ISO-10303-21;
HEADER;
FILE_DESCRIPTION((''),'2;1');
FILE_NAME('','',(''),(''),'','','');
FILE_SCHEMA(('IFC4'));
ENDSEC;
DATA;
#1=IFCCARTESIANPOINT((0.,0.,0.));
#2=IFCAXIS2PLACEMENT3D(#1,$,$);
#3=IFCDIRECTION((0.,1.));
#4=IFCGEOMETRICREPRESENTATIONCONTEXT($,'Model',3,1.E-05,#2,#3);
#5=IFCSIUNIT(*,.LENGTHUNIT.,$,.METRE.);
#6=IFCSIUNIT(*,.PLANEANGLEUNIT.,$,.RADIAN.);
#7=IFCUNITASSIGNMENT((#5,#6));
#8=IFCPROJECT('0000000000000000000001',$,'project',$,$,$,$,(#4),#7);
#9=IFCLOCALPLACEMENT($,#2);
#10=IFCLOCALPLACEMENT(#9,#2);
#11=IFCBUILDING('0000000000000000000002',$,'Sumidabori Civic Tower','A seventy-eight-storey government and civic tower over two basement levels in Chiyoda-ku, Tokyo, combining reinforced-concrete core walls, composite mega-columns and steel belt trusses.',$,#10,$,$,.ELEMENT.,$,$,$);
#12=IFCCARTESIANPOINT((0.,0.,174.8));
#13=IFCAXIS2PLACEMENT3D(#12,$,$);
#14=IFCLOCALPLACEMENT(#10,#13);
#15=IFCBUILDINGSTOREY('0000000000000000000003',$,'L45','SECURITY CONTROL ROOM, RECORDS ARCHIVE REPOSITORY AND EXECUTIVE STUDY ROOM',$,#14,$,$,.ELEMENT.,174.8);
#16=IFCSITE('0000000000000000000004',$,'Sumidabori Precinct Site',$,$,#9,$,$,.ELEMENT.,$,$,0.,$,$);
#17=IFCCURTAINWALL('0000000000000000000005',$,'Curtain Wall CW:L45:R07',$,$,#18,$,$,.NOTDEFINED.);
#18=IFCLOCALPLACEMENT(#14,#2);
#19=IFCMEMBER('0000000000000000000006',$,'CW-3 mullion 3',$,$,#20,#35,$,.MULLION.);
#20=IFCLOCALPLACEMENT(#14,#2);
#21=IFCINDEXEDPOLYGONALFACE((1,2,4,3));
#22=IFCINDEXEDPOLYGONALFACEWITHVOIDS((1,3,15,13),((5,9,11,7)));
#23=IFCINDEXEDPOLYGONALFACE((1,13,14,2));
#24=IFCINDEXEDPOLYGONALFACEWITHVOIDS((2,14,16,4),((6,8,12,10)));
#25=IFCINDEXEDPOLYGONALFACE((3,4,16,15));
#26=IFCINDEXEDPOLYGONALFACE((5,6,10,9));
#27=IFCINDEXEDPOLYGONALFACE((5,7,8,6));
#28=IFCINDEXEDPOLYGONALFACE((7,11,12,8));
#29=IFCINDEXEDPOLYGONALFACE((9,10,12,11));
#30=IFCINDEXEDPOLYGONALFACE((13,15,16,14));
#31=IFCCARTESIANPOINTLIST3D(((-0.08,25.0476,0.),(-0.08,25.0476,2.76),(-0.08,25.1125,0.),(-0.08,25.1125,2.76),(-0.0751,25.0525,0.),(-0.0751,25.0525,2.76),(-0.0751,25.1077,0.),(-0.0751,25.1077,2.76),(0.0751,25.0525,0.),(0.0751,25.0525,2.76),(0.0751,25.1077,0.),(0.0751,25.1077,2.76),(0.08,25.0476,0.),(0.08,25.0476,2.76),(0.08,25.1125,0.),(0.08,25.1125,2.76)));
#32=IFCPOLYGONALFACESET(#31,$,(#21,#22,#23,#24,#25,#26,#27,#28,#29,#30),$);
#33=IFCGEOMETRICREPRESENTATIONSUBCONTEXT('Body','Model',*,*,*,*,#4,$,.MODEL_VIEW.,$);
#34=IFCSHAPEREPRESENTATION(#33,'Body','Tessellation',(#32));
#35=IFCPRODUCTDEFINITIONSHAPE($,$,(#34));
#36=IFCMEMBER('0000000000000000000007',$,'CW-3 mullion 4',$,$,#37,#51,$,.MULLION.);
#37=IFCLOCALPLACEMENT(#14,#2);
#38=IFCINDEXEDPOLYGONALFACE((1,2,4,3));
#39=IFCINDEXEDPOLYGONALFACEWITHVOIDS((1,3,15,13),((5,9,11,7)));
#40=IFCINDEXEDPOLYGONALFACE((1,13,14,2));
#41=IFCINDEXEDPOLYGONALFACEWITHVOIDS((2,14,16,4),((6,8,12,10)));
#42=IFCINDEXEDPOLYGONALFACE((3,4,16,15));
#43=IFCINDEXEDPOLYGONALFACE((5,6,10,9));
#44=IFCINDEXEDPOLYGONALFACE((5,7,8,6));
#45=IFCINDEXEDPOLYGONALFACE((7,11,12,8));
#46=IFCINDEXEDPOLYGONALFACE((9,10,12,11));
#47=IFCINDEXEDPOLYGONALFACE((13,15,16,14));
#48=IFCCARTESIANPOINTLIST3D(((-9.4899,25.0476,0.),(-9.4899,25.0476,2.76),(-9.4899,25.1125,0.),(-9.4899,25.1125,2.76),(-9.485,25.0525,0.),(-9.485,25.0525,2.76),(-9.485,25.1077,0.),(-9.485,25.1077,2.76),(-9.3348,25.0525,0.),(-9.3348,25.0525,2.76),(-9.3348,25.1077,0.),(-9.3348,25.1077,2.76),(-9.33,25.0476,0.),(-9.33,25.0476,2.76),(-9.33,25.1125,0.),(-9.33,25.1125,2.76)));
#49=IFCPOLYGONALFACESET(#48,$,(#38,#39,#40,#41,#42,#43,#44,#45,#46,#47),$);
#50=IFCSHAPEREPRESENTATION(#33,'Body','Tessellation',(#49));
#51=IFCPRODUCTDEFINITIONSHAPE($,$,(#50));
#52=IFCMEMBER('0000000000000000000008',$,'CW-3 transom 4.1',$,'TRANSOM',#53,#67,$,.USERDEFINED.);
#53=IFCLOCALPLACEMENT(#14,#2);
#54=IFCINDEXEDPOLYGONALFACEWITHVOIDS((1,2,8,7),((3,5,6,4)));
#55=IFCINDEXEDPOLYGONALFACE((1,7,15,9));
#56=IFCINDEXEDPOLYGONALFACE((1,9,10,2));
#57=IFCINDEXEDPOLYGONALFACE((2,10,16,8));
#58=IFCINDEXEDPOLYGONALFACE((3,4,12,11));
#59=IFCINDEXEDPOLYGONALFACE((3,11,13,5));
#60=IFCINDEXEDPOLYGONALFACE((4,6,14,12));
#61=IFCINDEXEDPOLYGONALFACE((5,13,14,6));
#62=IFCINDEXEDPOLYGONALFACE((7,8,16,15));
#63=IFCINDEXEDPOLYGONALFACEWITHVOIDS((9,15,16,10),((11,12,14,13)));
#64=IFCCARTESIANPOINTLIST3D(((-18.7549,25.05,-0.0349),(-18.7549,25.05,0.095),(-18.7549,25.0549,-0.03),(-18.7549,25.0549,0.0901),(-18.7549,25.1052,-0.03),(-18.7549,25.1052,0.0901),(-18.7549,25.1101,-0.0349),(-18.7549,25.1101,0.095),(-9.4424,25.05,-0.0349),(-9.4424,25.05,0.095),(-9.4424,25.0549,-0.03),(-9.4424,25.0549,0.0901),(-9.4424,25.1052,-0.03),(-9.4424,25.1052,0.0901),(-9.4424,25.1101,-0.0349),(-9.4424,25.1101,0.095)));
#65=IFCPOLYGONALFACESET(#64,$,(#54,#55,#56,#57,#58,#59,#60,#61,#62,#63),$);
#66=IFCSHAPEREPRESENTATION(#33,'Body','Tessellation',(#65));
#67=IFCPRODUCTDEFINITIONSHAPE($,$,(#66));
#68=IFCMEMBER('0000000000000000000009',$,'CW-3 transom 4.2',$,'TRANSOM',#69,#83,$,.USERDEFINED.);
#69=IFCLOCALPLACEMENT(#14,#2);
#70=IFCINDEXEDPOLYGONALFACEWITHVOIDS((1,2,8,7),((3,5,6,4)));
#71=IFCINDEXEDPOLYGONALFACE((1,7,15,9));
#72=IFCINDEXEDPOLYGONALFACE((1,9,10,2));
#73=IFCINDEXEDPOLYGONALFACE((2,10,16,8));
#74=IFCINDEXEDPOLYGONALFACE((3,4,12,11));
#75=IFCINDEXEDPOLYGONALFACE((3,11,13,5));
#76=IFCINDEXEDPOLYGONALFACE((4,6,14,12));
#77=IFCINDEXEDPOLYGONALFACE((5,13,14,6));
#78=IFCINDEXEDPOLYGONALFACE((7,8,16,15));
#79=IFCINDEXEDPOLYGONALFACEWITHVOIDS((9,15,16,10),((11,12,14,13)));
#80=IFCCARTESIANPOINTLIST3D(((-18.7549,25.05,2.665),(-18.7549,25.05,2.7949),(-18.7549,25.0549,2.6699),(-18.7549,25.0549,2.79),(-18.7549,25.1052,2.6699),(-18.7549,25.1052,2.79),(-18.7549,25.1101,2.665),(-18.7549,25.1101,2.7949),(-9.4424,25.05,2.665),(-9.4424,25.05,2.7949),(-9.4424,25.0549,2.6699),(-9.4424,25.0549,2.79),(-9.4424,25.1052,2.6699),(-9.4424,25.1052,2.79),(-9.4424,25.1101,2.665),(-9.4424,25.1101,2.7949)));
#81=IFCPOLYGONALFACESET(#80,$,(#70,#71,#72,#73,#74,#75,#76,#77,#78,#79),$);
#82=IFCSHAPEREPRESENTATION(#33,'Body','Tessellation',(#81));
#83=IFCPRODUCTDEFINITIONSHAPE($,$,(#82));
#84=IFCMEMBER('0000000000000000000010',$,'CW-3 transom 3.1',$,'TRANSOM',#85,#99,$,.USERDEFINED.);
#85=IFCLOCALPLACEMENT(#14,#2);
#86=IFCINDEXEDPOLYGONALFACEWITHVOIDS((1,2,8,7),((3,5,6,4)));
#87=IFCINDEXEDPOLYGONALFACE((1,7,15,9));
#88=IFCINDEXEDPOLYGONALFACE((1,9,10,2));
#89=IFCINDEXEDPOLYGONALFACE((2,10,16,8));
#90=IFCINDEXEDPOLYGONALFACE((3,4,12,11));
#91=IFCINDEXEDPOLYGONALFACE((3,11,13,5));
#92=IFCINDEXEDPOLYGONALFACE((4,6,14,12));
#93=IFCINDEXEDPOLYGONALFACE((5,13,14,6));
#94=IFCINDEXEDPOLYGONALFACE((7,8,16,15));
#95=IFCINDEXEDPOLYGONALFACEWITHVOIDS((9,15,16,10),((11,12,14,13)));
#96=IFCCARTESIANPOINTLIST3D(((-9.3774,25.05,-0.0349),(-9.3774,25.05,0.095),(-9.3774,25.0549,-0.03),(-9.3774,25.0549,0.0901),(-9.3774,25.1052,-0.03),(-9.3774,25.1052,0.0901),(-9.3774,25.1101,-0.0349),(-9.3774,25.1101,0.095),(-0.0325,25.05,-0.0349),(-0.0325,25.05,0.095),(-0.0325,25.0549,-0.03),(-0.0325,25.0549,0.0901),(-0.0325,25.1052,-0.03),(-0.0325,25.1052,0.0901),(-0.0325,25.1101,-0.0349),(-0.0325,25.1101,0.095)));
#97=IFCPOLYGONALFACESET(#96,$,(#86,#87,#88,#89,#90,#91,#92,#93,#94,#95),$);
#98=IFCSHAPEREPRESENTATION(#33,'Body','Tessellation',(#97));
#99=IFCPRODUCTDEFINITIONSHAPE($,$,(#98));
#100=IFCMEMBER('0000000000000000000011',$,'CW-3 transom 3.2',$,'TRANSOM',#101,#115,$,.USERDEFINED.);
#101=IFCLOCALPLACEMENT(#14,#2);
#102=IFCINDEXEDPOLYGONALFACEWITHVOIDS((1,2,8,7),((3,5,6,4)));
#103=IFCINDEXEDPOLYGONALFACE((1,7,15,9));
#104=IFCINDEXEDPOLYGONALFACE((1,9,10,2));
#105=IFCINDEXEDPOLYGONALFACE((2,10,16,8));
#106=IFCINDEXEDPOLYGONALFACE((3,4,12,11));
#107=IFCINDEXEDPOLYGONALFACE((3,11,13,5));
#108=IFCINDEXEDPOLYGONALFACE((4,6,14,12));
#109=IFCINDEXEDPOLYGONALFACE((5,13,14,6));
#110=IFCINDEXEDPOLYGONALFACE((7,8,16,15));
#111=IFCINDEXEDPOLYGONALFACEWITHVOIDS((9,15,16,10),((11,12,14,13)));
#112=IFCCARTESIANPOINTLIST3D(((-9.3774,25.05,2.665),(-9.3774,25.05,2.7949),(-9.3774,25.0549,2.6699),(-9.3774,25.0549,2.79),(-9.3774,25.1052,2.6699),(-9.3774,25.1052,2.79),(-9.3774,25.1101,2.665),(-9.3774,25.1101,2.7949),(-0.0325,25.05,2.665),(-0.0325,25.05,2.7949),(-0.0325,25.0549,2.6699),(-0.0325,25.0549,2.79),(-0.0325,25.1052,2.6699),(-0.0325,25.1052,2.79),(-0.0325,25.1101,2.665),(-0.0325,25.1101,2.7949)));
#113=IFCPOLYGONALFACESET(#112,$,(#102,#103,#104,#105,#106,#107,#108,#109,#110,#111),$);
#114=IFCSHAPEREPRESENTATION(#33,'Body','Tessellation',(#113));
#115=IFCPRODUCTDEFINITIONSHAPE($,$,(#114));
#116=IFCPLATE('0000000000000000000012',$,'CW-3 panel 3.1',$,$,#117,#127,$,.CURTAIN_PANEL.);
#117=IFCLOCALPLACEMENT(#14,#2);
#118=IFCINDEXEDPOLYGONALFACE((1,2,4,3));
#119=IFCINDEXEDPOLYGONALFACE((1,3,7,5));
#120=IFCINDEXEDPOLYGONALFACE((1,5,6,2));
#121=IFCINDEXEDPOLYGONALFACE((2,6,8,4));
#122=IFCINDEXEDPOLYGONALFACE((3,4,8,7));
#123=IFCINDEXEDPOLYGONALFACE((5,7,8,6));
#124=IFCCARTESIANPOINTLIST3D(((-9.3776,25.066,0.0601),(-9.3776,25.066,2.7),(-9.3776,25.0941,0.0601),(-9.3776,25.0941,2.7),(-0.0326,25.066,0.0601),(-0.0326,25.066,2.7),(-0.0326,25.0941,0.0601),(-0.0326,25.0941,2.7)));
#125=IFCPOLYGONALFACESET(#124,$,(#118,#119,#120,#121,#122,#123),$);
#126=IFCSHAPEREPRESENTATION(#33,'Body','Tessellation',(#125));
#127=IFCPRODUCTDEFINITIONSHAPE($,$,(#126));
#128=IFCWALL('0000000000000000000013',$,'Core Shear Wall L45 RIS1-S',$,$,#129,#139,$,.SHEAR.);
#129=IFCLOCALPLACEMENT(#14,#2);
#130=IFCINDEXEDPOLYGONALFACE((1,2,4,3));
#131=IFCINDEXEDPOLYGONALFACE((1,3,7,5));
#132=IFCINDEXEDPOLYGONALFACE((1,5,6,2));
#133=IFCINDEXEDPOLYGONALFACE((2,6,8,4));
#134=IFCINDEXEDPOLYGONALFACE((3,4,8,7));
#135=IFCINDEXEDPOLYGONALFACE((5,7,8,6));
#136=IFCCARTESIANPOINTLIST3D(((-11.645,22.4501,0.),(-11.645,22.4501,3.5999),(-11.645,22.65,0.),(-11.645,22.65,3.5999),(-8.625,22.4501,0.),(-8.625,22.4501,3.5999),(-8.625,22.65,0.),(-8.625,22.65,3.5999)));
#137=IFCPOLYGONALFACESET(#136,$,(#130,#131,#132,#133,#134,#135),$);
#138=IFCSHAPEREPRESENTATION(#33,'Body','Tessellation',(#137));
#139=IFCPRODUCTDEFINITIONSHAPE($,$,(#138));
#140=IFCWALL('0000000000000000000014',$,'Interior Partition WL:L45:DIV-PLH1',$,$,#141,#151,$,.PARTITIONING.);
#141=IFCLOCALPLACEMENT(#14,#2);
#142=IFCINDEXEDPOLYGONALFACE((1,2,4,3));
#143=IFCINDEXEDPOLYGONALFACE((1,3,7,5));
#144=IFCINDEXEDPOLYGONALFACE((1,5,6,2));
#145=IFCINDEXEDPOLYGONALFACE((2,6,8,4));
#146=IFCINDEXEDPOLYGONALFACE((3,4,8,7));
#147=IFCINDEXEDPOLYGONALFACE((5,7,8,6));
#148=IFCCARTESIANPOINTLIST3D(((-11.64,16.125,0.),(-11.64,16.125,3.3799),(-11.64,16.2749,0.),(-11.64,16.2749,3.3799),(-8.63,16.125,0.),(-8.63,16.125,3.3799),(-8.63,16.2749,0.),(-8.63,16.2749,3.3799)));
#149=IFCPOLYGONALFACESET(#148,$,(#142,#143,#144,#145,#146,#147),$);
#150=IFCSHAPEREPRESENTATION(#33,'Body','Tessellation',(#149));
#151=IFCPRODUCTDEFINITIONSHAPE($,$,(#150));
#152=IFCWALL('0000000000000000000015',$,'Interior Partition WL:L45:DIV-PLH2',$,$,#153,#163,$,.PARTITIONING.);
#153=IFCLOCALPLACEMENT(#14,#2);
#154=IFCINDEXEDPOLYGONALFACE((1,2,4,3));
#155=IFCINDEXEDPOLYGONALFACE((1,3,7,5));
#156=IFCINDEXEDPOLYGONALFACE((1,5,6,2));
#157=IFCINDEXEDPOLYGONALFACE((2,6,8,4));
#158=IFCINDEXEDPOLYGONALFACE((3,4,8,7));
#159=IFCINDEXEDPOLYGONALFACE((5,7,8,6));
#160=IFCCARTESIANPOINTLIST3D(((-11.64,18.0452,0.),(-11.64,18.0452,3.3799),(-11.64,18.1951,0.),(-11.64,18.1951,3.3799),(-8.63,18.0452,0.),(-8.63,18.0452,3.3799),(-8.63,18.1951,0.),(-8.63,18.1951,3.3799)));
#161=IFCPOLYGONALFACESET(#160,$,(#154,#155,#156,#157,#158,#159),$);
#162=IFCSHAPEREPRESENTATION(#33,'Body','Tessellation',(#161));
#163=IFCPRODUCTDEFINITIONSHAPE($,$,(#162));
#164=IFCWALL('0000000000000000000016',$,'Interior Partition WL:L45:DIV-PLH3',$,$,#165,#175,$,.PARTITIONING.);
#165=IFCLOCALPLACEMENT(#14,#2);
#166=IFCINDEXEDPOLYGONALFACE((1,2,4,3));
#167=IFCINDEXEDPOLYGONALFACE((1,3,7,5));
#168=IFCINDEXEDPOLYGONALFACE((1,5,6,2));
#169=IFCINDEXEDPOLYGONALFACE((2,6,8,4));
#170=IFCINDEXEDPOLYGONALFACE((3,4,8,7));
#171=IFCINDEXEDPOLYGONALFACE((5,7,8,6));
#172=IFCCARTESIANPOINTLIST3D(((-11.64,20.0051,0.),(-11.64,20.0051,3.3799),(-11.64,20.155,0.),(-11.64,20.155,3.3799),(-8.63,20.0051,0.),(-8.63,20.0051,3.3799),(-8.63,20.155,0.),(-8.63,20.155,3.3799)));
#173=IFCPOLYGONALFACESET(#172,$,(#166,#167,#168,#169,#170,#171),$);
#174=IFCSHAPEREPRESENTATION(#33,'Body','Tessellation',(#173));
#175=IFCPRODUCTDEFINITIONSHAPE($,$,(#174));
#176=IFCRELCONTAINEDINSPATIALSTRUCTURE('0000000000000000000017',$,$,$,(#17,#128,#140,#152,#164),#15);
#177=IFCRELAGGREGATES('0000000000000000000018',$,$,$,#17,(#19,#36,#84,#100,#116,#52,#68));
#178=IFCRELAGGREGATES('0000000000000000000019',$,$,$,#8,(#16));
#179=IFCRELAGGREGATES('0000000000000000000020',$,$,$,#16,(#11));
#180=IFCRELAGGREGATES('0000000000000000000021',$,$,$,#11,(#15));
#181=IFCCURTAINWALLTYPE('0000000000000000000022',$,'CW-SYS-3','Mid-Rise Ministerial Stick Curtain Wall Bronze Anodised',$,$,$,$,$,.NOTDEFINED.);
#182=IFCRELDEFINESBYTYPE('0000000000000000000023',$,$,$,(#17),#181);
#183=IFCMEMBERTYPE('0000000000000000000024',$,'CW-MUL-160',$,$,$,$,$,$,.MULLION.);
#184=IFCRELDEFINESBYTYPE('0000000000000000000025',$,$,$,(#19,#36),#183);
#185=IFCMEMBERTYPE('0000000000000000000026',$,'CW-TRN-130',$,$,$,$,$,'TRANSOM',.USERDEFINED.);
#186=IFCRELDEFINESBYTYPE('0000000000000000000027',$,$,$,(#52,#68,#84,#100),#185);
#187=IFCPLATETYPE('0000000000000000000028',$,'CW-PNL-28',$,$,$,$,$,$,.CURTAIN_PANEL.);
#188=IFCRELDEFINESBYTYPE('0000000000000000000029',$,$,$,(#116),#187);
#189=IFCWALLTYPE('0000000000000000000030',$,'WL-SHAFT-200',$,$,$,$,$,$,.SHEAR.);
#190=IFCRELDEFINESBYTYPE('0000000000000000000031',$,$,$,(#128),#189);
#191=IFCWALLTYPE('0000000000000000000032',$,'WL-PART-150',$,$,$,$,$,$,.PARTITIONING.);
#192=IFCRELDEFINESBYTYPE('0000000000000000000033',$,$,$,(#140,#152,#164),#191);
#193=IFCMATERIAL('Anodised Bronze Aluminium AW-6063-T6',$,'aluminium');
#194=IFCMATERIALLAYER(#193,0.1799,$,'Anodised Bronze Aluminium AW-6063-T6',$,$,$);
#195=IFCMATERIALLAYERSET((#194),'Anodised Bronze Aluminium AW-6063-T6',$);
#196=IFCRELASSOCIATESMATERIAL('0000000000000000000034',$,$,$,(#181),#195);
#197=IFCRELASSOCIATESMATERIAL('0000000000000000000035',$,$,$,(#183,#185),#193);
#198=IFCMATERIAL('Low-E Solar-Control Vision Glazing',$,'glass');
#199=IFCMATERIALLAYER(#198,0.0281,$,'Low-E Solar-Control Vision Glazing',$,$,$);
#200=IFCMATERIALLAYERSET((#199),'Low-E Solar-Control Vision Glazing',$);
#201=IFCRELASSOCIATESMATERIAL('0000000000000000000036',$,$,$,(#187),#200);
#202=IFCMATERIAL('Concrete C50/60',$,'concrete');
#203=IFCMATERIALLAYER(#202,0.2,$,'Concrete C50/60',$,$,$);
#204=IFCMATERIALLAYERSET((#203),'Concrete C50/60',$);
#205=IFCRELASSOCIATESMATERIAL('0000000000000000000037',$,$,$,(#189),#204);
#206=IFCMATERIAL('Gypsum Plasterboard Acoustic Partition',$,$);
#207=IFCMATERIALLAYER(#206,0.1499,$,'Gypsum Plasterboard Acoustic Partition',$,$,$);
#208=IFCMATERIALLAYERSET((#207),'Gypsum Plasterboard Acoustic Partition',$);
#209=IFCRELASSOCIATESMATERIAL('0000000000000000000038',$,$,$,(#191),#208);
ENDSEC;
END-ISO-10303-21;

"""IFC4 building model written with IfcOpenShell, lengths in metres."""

from ifc_helpers import new_model, si_unit, direction, frame, frame_2d, origin, origin_2d, place, context, subcontext, project, spatial, rectangle, hollow_rectangle, extrude, source, transform, mapped, material, layer, layer_set, material_profile, profile_set, type_object, element, aggregate, save


model = new_model("IFC4")

# Units and contexts
model_context = context("Model", 3, precision=1e-05, world=origin(), true_north=direction((0.0, 1.0)))
body_context = subcontext(model_context, "Body", "Model", "MODEL_VIEW")
ifc_project = project(units=[si_unit("LENGTHUNIT", "METRE"), si_unit("PLANEANGLEUNIT", "RADIAN")], contexts=[model_context])

# Site, building, storey
site_placement = place(None, origin())
site = spatial("IfcSite", under=ifc_project, at=site_placement, Name="Sumidabori Precinct Site", CompositionType="ELEMENT", RefElevation=0.0)
building_placement = place(site_placement, origin())
building = spatial("IfcBuilding", under=site, at=building_placement, Name="Sumidabori Civic Tower", Description="A seventy-eight-storey government and civic tower over two basement levels in Chiyoda-ku, Tokyo, combining reinforced-concrete core walls, composite mega-columns and steel belt trusses.", CompositionType="ELEMENT")
storey_placement = place(building_placement, frame((0.0, 0.0, 174.8)))
storey = spatial("IfcBuildingStorey", under=building, at=storey_placement, Name="L45", Description="SECURITY CONTROL ROOM, RECORDS ARCHIVE REPOSITORY AND EXECUTIVE STUDY ROOM", CompositionType="ELEMENT", Elevation=174.8)

# Curtain wall, members, plate
ifc_material_1 = material(Name="Anodised Bronze Aluminium AW-6063-T6", Category="aluminium")
ifc_layer_1 = layer(ifc_material_1, 0.1799, Name="Anodised Bronze Aluminium AW-6063-T6")
ifc_layer_set_1 = layer_set([ifc_layer_1], Name="Anodised Bronze Aluminium AW-6063-T6")
curtain_wall_type = type_object("IfcCurtainWallType", Name="CW-SYS-3", Description="Mid-Rise Ministerial Stick Curtain Wall Bronze Anodised", PredefinedType="NOTDEFINED", material=ifc_layer_set_1)
curtain_wall_placement = place(storey_placement, origin())
curtain_wall = element("IfcCurtainWall", 1, at=curtain_wall_placement, inside=storey, type_object=curtain_wall_type, Name="Curtain Wall CW:L45:R07", PredefinedType="NOTDEFINED")
ifc_material_profile_1 = material_profile(ifc_material_1, hollow_rectangle(XDim=0.0649, YDim=0.1599, WallThickness=0.0049, at=origin_2d()), Name="ALU MULLION 160x65")
ifc_profile_set_1 = profile_set([ifc_material_profile_1], Name="Anodised Bronze Aluminium AW-6063-T6")
member_type_1 = type_object("IfcMemberType", Name="CW-MUL-160", PredefinedType="MULLION", material=ifc_profile_set_1)
shared_shape_1 = source(origin(), body_context, "Body", "SweptSolid", [
    extrude(hollow_rectangle(XDim=0.0649, YDim=0.1599, WallThickness=0.0049, at=origin_2d()), origin(), (0.0, 0.0, 1.0), 2.76),
])
member_1_placement = place(storey_placement, frame((0.0, 25.0801, 0.0), z_axis=(0.0, 0.0, 1.0), x_axis=(0.0, -1.0, 0.0)))
member_1 = element("IfcMember", 2, at=member_1_placement, type_object=member_type_1, Name="CW-3 mullion 3", PredefinedType="MULLION", context=body_context, shape_type="MappedRepresentation", body=[
    mapped(shared_shape_1, transform((0.0, 0.0, 0.0), x_axis=(1.0, 0.0, 0.0), y_axis=(0.0, 1.0, 0.0), z_axis=(0.0, 0.0, 1.0), scale=1.0)),
])
member_2_placement = place(storey_placement, frame((-9.4099, 25.0801, 0.0), z_axis=(0.0, 0.0, 1.0), x_axis=(0.0, -1.0, 0.0)))
member_2 = element("IfcMember", 3, at=member_2_placement, type_object=member_type_1, Name="CW-3 mullion 4", PredefinedType="MULLION", context=body_context, shape_type="MappedRepresentation", body=[
    mapped(shared_shape_1, transform((0.0, 0.0, 0.0), x_axis=(1.0, 0.0, 0.0), y_axis=(0.0, 1.0, 0.0), z_axis=(0.0, 0.0, 1.0), scale=1.0)),
])
ifc_material_profile_2 = material_profile(ifc_material_1, hollow_rectangle(XDim=0.0601, YDim=0.1299, WallThickness=0.0049, at=origin_2d()), Name="ALU TRANSOM 130x60")
ifc_profile_set_2 = profile_set([ifc_material_profile_2], Name="Anodised Bronze Aluminium AW-6063-T6")
member_type_2 = type_object("IfcMemberType", Name="CW-TRN-130", ElementType="TRANSOM", PredefinedType="USERDEFINED", material=ifc_profile_set_2)
shared_shape_2 = source(origin(), body_context, "Body", "SweptSolid", [
    extrude(hollow_rectangle(XDim=0.0601, YDim=0.1299, WallThickness=0.0049, at=origin_2d()), origin(), (0.0, 0.0, 1.0), 9.3125),
])
member_3_placement = place(storey_placement, frame((-9.4424, 25.0801, 0.03), z_axis=(-1.0, 0.0, 0.0), x_axis=(0.0, -1.0, 0.0)))
member_3 = element("IfcMember", 4, at=member_3_placement, type_object=member_type_2, Name="CW-3 transom 4.1", ObjectType="TRANSOM", PredefinedType="USERDEFINED", context=body_context, shape_type="MappedRepresentation", body=[
    mapped(shared_shape_2, transform((0.0, 0.0, 0.0), x_axis=(1.0, 0.0, 0.0), y_axis=(0.0, 1.0, 0.0), z_axis=(0.0, 0.0, 1.0), scale=1.0)),
])
member_4_placement = place(storey_placement, frame((-9.4424, 25.0801, 2.73), z_axis=(-1.0, 0.0, 0.0), x_axis=(0.0, -1.0, 0.0)))
member_4 = element("IfcMember", 5, at=member_4_placement, type_object=member_type_2, Name="CW-3 transom 4.2", ObjectType="TRANSOM", PredefinedType="USERDEFINED", context=body_context, shape_type="MappedRepresentation", body=[
    mapped(shared_shape_2, transform((0.0, 0.0, 0.0), x_axis=(1.0, 0.0, 0.0), y_axis=(0.0, 1.0, 0.0), z_axis=(0.0, 0.0, 1.0), scale=1.0)),
])
shared_shape_3 = source(origin(), body_context, "Body", "SweptSolid", [
    extrude(hollow_rectangle(XDim=0.0601, YDim=0.1299, WallThickness=0.0049, at=origin_2d()), origin(), (0.0, 0.0, 1.0), 9.345),
])
member_5_placement = place(storey_placement, frame((-0.0325, 25.0801, 0.03), z_axis=(-1.0, 0.0, 0.0), x_axis=(0.0, -1.0, 0.0)))
member_5 = element("IfcMember", 6, at=member_5_placement, type_object=member_type_2, Name="CW-3 transom 3.1", ObjectType="TRANSOM", PredefinedType="USERDEFINED", context=body_context, shape_type="MappedRepresentation", body=[
    mapped(shared_shape_3, transform((0.0, 0.0, 0.0), x_axis=(1.0, 0.0, 0.0), y_axis=(0.0, 1.0, 0.0), z_axis=(0.0, 0.0, 1.0), scale=1.0)),
])
member_6_placement = place(storey_placement, frame((-0.0325, 25.0801, 2.73), z_axis=(-1.0, 0.0, 0.0), x_axis=(0.0, -1.0, 0.0)))
member_6 = element("IfcMember", 7, at=member_6_placement, type_object=member_type_2, Name="CW-3 transom 3.2", ObjectType="TRANSOM", PredefinedType="USERDEFINED", context=body_context, shape_type="MappedRepresentation", body=[
    mapped(shared_shape_3, transform((0.0, 0.0, 0.0), x_axis=(1.0, 0.0, 0.0), y_axis=(0.0, 1.0, 0.0), z_axis=(0.0, 0.0, 1.0), scale=1.0)),
])
ifc_material_2 = material(Name="Low-E Solar-Control Vision Glazing", Category="glass")
ifc_layer_2 = layer(ifc_material_2, 0.0281, Name="Low-E Solar-Control Vision Glazing")
ifc_layer_set_2 = layer_set([ifc_layer_2], Name="Low-E Solar-Control Vision Glazing")
plate_type = type_object("IfcPlateType", Name="CW-PNL-28", PredefinedType="CURTAIN_PANEL", material=ifc_layer_set_2)
shared_shape_4 = source(origin(), body_context, "Body", "SweptSolid", [
    extrude(rectangle(XDim=9.345, YDim=0.0281, at=origin_2d()), origin(), (0.0, 0.0, 1.0), 2.6399),
])
plate_placement = place(storey_placement, frame((-4.7051, 25.0801, 0.0601), z_axis=(0.0, 0.0, 1.0), x_axis=(-1.0, 0.0, 0.0)))
plate = element("IfcPlate", 8, at=plate_placement, type_object=plate_type, Name="CW-3 panel 3.1", PredefinedType="CURTAIN_PANEL", context=body_context, shape_type="MappedRepresentation", body=[
    mapped(shared_shape_4, transform((0.0, 0.0, 0.0), x_axis=(1.0, 0.0, 0.0), y_axis=(0.0, 1.0, 0.0), z_axis=(0.0, 0.0, 1.0), scale=1.0)),
])
aggregate(curtain_wall, [member_1, member_2, member_5, member_6, plate, member_3, member_4])

# Walls
ifc_material_3 = material(Name="Concrete C50/60", Category="concrete")
ifc_layer_3 = layer(ifc_material_3, 0.2, Name="Concrete C50/60")
ifc_layer_set_3 = layer_set([ifc_layer_3], Name="Concrete C50/60")
wall_type_1 = type_object("IfcWallType", Name="WL-SHAFT-200", PredefinedType="SHEAR", material=ifc_layer_set_3)
shared_shape_5 = source(origin(), body_context, "Body", "SweptSolid", [
    extrude(rectangle(XDim=3.02, YDim=0.2, at=frame_2d((1.51, 0.0))), origin(), (0.0, 0.0, 1.0), 3.5999),
])
wall_1_placement = place(storey_placement, frame((-11.645, 22.55, 0.0), z_axis=(0.0, 0.0, 1.0), x_axis=(1.0, 0.0, 0.0)))
element("IfcWall", 9, at=wall_1_placement, inside=storey, type_object=wall_type_1, Name="Core Shear Wall L45 RIS1-S", PredefinedType="SHEAR", context=body_context, shape_type="MappedRepresentation", body=[
    mapped(shared_shape_5, transform((0.0, 0.0, 0.0), x_axis=(1.0, 0.0, 0.0), y_axis=(0.0, 1.0, 0.0), z_axis=(0.0, 0.0, 1.0), scale=1.0)),
])
ifc_material_4 = material(Name="Gypsum Plasterboard Acoustic Partition")
ifc_layer_4 = layer(ifc_material_4, 0.1499, Name="Gypsum Plasterboard Acoustic Partition")
ifc_layer_set_4 = layer_set([ifc_layer_4], Name="Gypsum Plasterboard Acoustic Partition")
wall_type_2 = type_object("IfcWallType", Name="WL-PART-150", PredefinedType="PARTITIONING", material=ifc_layer_set_4)
shared_shape_6 = source(origin(), body_context, "Body", "SweptSolid", [
    extrude(rectangle(XDim=3.01, YDim=0.1499, at=frame_2d((1.5049, 0.0))), origin(), (0.0, 0.0, 1.0), 3.3799),
])
for number, where, z_axis, x_axis, name in (
    (10, (-11.6399, 16.2, 0.0), (0.0, 0.0, 1.0), (1.0, 0.0, 0.0), "Interior Partition WL:L45:DIV-PLH1"),
    (11, (-11.6399, 18.1201, 0.0), (0.0, 0.0, 1.0), (1.0, 0.0, 0.0), "Interior Partition WL:L45:DIV-PLH2"),
    (12, (-11.6399, 20.0801, 0.0), (0.0, 0.0, 1.0), (1.0, 0.0, 0.0), "Interior Partition WL:L45:DIV-PLH3"),
):
    element("IfcWall", number, at=place(storey_placement, frame(where, z_axis=z_axis, x_axis=x_axis)), inside=storey, type_object=wall_type_2, Name=name, PredefinedType="PARTITIONING", context=body_context, shape_type="MappedRepresentation", body=[
        mapped(shared_shape_6, transform((0.0, 0.0, 0.0), x_axis=(1.0, 0.0, 0.0), y_axis=(0.0, 1.0, 0.0), z_axis=(0.0, 0.0, 1.0), scale=1.0)),
    ])

save(model, "model.ifc")
